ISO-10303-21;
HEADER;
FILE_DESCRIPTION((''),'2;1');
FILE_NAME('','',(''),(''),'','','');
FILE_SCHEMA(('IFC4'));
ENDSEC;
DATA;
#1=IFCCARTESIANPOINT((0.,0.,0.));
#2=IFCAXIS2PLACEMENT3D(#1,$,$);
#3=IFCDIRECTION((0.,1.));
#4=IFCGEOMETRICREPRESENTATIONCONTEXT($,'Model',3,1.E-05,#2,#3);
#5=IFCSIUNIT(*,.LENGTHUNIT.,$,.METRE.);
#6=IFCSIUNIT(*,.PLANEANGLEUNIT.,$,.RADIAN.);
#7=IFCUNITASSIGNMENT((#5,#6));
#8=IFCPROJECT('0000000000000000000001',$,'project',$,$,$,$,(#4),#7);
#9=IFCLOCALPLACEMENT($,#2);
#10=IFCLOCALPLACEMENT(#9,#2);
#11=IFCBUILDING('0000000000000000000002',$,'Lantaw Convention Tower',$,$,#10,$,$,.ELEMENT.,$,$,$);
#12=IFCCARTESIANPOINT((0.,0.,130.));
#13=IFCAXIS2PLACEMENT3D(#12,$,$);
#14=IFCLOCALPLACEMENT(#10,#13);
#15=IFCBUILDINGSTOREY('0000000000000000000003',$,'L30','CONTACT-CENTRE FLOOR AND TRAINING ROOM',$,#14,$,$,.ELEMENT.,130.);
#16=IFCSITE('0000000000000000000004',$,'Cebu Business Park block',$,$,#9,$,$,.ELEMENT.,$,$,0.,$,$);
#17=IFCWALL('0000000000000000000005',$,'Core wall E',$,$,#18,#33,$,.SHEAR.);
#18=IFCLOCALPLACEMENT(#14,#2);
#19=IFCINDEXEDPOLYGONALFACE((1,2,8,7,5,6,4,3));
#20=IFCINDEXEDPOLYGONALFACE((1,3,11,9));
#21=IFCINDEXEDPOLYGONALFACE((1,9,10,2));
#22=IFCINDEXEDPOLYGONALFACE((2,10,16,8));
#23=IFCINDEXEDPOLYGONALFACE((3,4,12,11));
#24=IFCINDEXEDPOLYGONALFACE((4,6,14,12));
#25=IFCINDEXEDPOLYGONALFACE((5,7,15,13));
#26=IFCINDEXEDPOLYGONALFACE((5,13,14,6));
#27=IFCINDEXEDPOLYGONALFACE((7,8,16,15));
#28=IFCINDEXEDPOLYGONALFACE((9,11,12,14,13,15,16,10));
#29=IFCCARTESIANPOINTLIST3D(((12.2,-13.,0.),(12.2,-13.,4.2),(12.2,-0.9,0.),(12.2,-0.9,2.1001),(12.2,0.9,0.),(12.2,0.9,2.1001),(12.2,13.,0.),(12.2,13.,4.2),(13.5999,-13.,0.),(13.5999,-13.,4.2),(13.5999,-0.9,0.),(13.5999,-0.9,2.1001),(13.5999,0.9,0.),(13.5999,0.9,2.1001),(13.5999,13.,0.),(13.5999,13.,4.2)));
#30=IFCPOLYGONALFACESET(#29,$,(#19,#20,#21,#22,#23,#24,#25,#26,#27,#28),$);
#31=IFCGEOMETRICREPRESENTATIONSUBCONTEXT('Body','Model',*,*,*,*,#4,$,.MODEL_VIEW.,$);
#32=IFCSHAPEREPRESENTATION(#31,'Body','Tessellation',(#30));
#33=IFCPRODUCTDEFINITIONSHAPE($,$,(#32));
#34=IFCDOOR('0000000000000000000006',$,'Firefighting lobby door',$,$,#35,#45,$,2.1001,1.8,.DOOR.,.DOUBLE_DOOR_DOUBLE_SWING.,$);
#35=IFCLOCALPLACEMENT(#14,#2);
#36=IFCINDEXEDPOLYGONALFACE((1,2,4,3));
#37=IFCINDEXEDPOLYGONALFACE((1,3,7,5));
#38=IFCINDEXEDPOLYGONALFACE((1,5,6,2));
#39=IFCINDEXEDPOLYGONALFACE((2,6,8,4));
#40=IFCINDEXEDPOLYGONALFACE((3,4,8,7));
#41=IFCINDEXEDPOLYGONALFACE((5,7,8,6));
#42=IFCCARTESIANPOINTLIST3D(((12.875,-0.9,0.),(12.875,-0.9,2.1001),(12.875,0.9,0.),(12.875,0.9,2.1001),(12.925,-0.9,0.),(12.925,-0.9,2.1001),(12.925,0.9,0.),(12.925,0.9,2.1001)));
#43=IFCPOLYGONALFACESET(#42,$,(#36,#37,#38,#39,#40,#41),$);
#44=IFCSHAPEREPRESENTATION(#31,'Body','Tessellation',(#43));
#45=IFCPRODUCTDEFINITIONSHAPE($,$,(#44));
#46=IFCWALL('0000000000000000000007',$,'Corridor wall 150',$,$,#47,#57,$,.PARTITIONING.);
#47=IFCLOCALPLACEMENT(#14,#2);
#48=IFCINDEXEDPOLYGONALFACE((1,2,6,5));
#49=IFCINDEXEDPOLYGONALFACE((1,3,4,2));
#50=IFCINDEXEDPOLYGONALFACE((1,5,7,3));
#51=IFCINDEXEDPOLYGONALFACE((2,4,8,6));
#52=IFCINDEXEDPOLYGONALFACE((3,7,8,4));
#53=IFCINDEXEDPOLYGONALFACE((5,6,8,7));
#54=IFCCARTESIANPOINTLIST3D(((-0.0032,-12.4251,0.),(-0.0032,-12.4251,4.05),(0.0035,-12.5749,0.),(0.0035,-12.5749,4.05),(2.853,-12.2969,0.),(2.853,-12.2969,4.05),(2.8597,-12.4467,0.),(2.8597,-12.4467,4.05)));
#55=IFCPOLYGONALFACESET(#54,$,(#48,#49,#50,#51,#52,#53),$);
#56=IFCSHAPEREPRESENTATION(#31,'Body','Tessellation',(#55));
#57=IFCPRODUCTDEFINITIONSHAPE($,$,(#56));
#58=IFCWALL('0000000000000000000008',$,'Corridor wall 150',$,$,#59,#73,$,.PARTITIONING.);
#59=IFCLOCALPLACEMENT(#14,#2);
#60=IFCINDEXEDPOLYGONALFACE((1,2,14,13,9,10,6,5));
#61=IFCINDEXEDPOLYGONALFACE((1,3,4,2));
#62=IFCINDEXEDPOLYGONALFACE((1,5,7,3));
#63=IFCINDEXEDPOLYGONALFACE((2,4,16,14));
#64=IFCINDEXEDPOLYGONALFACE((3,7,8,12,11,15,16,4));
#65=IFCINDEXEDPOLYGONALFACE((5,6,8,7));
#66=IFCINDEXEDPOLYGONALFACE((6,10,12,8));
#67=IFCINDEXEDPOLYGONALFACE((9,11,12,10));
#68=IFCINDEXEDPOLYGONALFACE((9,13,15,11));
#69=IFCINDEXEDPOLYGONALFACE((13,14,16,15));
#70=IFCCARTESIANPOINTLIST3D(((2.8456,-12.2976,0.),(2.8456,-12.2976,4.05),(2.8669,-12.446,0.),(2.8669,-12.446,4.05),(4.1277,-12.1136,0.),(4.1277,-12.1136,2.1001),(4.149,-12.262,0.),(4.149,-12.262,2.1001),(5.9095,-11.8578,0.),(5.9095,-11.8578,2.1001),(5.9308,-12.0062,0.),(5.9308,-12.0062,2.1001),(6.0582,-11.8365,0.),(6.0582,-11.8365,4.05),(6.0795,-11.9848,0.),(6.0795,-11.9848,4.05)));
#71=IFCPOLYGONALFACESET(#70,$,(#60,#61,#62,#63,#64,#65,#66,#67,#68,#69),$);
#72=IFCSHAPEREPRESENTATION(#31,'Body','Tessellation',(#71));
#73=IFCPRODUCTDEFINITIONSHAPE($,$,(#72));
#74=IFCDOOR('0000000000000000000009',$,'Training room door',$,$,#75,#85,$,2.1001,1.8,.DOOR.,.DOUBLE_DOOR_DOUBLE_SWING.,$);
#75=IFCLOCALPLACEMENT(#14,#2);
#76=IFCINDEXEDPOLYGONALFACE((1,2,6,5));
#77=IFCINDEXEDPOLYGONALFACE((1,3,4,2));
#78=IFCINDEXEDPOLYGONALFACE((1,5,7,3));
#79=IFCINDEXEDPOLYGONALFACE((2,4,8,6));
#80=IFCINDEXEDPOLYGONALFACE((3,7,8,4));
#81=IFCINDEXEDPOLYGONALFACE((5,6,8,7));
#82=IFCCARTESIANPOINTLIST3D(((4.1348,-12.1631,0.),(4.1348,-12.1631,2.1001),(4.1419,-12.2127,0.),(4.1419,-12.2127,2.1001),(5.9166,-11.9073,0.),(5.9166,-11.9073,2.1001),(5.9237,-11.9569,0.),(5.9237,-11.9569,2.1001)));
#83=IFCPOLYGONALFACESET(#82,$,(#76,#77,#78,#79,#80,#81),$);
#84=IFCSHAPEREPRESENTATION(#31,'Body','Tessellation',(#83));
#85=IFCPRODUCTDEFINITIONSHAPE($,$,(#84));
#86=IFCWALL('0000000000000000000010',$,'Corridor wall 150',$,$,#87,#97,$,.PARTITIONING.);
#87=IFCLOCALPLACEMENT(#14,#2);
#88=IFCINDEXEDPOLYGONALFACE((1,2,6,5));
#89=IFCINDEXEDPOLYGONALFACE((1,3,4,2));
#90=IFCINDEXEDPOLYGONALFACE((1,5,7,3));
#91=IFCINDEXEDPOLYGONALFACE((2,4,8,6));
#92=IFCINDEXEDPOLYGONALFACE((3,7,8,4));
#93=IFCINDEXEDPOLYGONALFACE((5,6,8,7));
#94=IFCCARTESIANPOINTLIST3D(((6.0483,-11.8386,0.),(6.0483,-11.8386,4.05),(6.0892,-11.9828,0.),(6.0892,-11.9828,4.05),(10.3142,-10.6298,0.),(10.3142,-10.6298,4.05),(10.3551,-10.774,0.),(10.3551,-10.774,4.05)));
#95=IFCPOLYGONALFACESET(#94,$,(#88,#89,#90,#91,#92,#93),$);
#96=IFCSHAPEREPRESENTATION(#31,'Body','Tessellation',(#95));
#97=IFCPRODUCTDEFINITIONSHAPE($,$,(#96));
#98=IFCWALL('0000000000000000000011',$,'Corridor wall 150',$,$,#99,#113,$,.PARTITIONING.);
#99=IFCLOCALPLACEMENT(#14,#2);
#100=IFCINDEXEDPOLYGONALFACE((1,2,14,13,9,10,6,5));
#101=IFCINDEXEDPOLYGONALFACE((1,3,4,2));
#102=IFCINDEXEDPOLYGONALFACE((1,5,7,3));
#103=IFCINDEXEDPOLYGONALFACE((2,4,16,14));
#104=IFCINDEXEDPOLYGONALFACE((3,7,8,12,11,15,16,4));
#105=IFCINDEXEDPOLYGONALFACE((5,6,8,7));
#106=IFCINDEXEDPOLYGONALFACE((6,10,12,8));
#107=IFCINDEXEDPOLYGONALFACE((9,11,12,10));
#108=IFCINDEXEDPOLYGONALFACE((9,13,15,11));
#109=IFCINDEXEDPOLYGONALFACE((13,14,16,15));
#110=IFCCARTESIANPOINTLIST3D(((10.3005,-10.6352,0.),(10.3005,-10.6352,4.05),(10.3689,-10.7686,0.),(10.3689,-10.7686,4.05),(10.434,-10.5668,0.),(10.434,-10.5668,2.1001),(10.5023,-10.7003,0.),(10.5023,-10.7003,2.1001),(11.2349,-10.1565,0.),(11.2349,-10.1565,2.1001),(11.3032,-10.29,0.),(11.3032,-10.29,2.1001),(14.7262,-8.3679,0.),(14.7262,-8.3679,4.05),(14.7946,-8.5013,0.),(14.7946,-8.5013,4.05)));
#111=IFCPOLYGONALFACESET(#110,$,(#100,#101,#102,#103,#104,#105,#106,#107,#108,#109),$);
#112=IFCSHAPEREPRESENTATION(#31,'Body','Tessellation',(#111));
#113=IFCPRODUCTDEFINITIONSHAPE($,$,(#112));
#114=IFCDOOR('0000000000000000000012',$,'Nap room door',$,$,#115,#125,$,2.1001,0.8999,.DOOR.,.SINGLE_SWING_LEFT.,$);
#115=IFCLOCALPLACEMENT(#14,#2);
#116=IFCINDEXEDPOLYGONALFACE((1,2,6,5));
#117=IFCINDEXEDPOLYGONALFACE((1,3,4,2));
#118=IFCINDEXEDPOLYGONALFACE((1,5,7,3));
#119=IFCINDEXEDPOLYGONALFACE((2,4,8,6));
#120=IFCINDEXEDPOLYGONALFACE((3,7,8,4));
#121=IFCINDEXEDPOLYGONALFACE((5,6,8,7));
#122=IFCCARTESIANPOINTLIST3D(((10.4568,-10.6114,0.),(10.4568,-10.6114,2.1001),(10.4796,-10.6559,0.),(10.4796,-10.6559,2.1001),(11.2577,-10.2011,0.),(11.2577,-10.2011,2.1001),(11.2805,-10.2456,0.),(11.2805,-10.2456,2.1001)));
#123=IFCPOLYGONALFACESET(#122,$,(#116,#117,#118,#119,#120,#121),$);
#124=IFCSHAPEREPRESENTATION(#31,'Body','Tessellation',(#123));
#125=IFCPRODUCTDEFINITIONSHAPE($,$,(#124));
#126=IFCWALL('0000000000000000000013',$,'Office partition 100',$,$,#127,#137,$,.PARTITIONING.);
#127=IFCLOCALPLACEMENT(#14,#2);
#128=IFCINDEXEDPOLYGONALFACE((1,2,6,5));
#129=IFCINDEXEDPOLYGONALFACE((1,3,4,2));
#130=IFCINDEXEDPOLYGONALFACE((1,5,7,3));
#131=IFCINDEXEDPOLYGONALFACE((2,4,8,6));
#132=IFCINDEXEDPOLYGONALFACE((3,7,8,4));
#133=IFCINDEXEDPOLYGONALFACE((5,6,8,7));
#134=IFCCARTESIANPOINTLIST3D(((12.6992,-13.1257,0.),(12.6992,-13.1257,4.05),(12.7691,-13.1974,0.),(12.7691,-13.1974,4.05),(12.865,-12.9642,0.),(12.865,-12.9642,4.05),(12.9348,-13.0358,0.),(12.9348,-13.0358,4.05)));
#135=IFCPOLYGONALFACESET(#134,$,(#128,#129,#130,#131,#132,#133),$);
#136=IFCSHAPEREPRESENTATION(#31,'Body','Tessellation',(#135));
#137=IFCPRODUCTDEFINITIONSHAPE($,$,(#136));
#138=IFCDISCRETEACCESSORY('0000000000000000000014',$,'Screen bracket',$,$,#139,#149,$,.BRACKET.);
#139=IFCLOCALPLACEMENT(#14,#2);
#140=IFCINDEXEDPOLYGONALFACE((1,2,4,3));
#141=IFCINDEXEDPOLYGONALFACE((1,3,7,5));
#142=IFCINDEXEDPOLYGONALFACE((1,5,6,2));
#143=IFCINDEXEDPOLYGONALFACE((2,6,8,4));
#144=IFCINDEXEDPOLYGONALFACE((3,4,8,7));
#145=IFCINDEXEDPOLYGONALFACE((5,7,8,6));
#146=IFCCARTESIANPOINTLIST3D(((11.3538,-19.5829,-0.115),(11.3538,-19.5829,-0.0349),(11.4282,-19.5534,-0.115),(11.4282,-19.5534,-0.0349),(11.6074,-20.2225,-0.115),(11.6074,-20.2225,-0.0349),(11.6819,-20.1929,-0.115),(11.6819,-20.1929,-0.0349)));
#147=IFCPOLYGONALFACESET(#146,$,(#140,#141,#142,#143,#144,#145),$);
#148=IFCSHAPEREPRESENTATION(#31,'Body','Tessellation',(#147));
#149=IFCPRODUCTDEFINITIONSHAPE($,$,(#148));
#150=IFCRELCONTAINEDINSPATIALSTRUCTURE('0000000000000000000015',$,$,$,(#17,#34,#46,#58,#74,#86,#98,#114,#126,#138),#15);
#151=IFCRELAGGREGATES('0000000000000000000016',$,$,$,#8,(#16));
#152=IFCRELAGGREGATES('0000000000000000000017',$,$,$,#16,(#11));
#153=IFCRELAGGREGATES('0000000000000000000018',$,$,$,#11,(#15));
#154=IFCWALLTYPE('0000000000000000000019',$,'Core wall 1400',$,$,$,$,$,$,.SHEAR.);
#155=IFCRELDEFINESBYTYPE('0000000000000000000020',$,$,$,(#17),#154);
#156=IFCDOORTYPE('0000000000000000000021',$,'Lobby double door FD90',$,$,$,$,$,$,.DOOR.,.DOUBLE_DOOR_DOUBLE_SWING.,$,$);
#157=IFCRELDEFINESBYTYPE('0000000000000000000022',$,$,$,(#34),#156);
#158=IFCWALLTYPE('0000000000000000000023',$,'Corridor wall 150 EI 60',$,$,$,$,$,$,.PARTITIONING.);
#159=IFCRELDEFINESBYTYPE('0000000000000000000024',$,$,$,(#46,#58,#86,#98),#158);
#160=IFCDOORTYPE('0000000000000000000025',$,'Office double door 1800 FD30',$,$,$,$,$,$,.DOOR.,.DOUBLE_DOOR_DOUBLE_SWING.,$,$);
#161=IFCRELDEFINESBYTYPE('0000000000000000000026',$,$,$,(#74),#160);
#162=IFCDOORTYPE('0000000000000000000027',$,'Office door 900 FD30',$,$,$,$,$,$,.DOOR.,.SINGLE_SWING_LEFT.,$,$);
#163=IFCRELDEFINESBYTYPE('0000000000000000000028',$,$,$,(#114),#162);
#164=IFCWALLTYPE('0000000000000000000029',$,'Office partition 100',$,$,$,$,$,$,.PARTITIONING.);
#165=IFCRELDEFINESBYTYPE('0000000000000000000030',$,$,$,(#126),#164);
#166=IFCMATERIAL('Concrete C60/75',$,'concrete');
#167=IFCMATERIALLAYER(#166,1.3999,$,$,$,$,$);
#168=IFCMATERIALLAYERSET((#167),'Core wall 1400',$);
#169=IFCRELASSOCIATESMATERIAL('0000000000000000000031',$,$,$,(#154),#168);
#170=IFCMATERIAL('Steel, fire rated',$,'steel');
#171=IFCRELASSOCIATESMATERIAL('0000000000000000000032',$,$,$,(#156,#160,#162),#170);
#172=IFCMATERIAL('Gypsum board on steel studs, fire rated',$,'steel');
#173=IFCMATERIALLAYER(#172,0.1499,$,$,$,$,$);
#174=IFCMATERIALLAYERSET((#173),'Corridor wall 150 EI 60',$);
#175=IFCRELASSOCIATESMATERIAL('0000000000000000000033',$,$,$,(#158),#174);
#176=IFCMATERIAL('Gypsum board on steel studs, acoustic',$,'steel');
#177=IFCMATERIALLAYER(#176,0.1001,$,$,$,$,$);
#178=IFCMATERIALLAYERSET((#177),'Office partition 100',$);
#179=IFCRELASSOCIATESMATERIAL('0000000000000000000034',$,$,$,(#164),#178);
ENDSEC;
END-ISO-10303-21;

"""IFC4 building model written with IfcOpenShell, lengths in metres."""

from ifc_helpers import new_model, si_unit, direction, frame, frame_2d, origin, origin_2d, place, context, subcontext, project, spatial, rectangle, extrude, material, layer, layer_set, type_object, element, fill, save


model = new_model("IFC4")

# Units and contexts
model_context = context("Model", 3, precision=1e-05, world=origin(), true_north=direction((0.0, 1.0)))
body_context = subcontext(model_context, "Body", "Model", "MODEL_VIEW")
ifc_project = project(units=[si_unit("LENGTHUNIT", "METRE"), si_unit("PLANEANGLEUNIT", "RADIAN")], contexts=[model_context])

# Site, building, storey
site_placement = place(None, origin())
site = spatial("IfcSite", under=ifc_project, at=site_placement, Name="Cebu Business Park block", CompositionType="ELEMENT", RefElevation=0.0)
building_placement = place(site_placement, origin())
building = spatial("IfcBuilding", under=site, at=building_placement, Name="Lantaw Convention Tower", CompositionType="ELEMENT")
storey_placement = place(building_placement, frame((0.0, 0.0, 130.0)))
storey = spatial("IfcBuildingStorey", under=building, at=storey_placement, Name="L30", Description="CONTACT-CENTRE FLOOR AND TRAINING ROOM", CompositionType="ELEMENT", Elevation=130.0)

# Shared definitions
ifc_material_1 = material(Name="Concrete C60/75", Category="concrete")

# Wall, opening, door
ifc_layer_1 = layer(ifc_material_1, 1.3999)
ifc_layer_set_1 = layer_set([ifc_layer_1], Name="Core wall 1400")
wall_type_1 = type_object("IfcWallType", Name="Core wall 1400", PredefinedType="SHEAR", material=ifc_layer_set_1)
wall_1_placement = place(storey_placement, frame((12.8999, -13.0, 0.0), z_axis=(0.0, 0.0, 1.0), x_axis=(0.0, 1.0, 0.0)))
wall_1 = element("IfcWall", 1, at=wall_1_placement, inside=storey, type_object=wall_type_1, Name="Core wall E", PredefinedType="SHEAR", context=body_context, shape_type="SweptSolid", body=[
    extrude(rectangle(XDim=26.0, YDim=1.3999, at=frame_2d((13.0, 0.0))), origin(), (0.0, 0.0, 1.0), 4.2),
])
opening_1_placement = place(wall_1_placement, frame((12.1001, 0.0, 0.0)))
opening_1 = element("IfcOpeningElement", 2, at=opening_1_placement, cuts=wall_1, PredefinedType="OPENING", context=body_context, shape_type="SweptSolid", body=[
    extrude(rectangle(XDim=1.8, YDim=2.1001, at=frame_2d((0.8999, 1.05))), frame((0.0, 0.71, 0.0), z_axis=(0.0, -1.0, 0.0), x_axis=(1.0, 0.0, 0.0)), (0.0, 0.0, 1.0), 1.4199),
])
ifc_material_2 = material(Name="Steel, fire rated", Category="steel")
door_type_1 = type_object("IfcDoorType", Name="Lobby double door FD90", OperationType="DOUBLE_DOOR_DOUBLE_SWING", PredefinedType="DOOR", material=ifc_material_2)
door_1_placement = place(opening_1_placement, origin())
door_1 = element("IfcDoor", 3, at=door_1_placement, inside=storey, type_object=door_type_1, Name="Firefighting lobby door", OperationType="DOUBLE_DOOR_DOUBLE_SWING", OverallHeight=2.1001, OverallWidth=1.8, PredefinedType="DOOR", context=body_context, shape_type="SweptSolid", body=[
    extrude(rectangle(XDim=1.8, YDim=2.1001, at=frame_2d((0.8999, 1.05))), frame((0.0, 0.0249, 0.0), z_axis=(0.0, -1.0, 0.0), x_axis=(1.0, 0.0, 0.0)), (0.0, 0.0, 1.0), 0.05),
])
fill(opening_1, door_1)

# Wall
ifc_material_3 = material(Name="Gypsum board on steel studs, fire rated", Category="steel")
ifc_layer_2 = layer(ifc_material_3, 0.1499)
ifc_layer_set_2 = layer_set([ifc_layer_2], Name="Corridor wall 150 EI 60")
wall_type_2 = type_object("IfcWallType", Name="Corridor wall 150 EI 60", PredefinedType="PARTITIONING", material=ifc_layer_set_2)
wall_2_placement = place(storey_placement, frame((0.0, -12.5, 0.0), z_axis=(0.0, 0.0, 1.0), x_axis=(0.998995, 0.044831, 0.0)))
element("IfcWall", 4, at=wall_2_placement, inside=storey, type_object=wall_type_2, Name="Corridor wall 150", PredefinedType="PARTITIONING", context=body_context, shape_type="SweptSolid", body=[
    extrude(rectangle(XDim=2.8591, YDim=0.1499, at=frame_2d((1.4297, 0.0))), origin(), (0.0, 0.0, 1.0), 4.05),
])

# Wall, opening, door
wall_3_placement = place(storey_placement, frame((2.8562, -12.3718, 0.0), z_axis=(0.0, 0.0, 1.0), x_axis=(0.989853, 0.142095, 0.0)))
wall_3 = element("IfcWall", 5, at=wall_3_placement, inside=storey, type_object=wall_type_2, Name="Corridor wall 150", PredefinedType="PARTITIONING", context=body_context, shape_type="SweptSolid", body=[
    extrude(rectangle(XDim=3.2456, YDim=0.1499, at=frame_2d((1.6228, 0.0))), origin(), (0.0, 0.0, 1.0), 4.05),
])
opening_2_placement = place(wall_3_placement, frame((1.2954, 0.0, 0.0)))
opening_2 = element("IfcOpeningElement", 6, at=opening_2_placement, cuts=wall_3, PredefinedType="OPENING", context=body_context, shape_type="SweptSolid", body=[
    extrude(rectangle(XDim=1.8, YDim=2.1001, at=frame_2d((0.8999, 1.05))), frame((0.0, 0.085, 0.0), z_axis=(0.0, -1.0, 0.0), x_axis=(1.0, 0.0, 0.0)), (0.0, 0.0, 1.0), 0.1699),
])
door_type_2 = type_object("IfcDoorType", Name="Office double door 1800 FD30", OperationType="DOUBLE_DOOR_DOUBLE_SWING", PredefinedType="DOOR", material=ifc_material_2)
door_2_placement = place(opening_2_placement, origin())
door_2 = element("IfcDoor", 7, at=door_2_placement, inside=storey, type_object=door_type_2, Name="Training room door", OperationType="DOUBLE_DOOR_DOUBLE_SWING", OverallHeight=2.1001, OverallWidth=1.8, PredefinedType="DOOR", context=body_context, shape_type="SweptSolid", body=[
    extrude(rectangle(XDim=1.8, YDim=2.1001, at=frame_2d((0.8999, 1.05))), frame((0.0, 0.0249, 0.0), z_axis=(0.0, -1.0, 0.0), x_axis=(1.0, 0.0, 0.0)), (0.0, 0.0, 1.0), 0.05),
])
fill(opening_2, door_2)

# Wall
wall_4_placement = place(storey_placement, frame((6.0688, -11.9106, 0.0), z_axis=(0.0, 0.0, 1.0), x_axis=(0.962122, 0.272619, 0.0)))
element("IfcWall", 8, at=wall_4_placement, inside=storey, type_object=wall_type_2, Name="Corridor wall 150", PredefinedType="PARTITIONING", context=body_context, shape_type="SweptSolid", body=[
    extrude(rectangle(XDim=4.4338, YDim=0.1499, at=frame_2d((2.2168, 0.0))), origin(), (0.0, 0.0, 1.0), 4.05),
])

# Wall, opening, door
wall_5_placement = place(storey_placement, frame((10.3347, -10.7019, 0.0), z_axis=(0.0, 0.0, 1.0), x_axis=(0.890005, 0.455951, 0.0)))
wall_5 = element("IfcWall", 9, at=wall_5_placement, inside=storey, type_object=wall_type_2, Name="Corridor wall 150", PredefinedType="PARTITIONING", context=body_context, shape_type="SweptSolid", body=[
    extrude(rectangle(XDim=4.9727, YDim=0.1499, at=frame_2d((2.4863, 0.0))), origin(), (0.0, 0.0, 1.0), 4.05),
])
opening_3_placement = place(wall_5_placement, frame((0.1499, 0.0, 0.0)))
opening_3 = element("IfcOpeningElement", 10, at=opening_3_placement, cuts=wall_5, PredefinedType="OPENING", context=body_context, shape_type="SweptSolid", body=[
    extrude(rectangle(XDim=0.8999, YDim=2.1001, at=frame_2d((0.45, 1.05))), frame((0.0, 0.085, 0.0), z_axis=(0.0, -1.0, 0.0), x_axis=(1.0, 0.0, 0.0)), (0.0, 0.0, 1.0), 0.1699),
])
door_type_3 = type_object("IfcDoorType", Name="Office door 900 FD30", OperationType="SINGLE_SWING_LEFT", PredefinedType="DOOR", material=ifc_material_2)
door_3_placement = place(opening_3_placement, origin())
door_3 = element("IfcDoor", 11, at=door_3_placement, inside=storey, type_object=door_type_3, Name="Nap room door", OperationType="SINGLE_SWING_LEFT", OverallHeight=2.1001, OverallWidth=0.8999, PredefinedType="DOOR", context=body_context, shape_type="SweptSolid", body=[
    extrude(rectangle(XDim=0.8999, YDim=2.1001, at=frame_2d((0.45, 1.05))), frame((0.0, 0.0249, 0.0), z_axis=(0.0, -1.0, 0.0), x_axis=(1.0, 0.0, 0.0)), (0.0, 0.0, 1.0), 0.05),
])
fill(opening_3, door_3)

# Wall
ifc_material_4 = material(Name="Gypsum board on steel studs, acoustic", Category="steel")
ifc_layer_3 = layer(ifc_material_4, 0.1001)
ifc_layer_set_3 = layer_set([ifc_layer_3], Name="Office partition 100")
wall_type_3 = type_object("IfcWallType", Name="Office partition 100", PredefinedType="PARTITIONING", material=ifc_layer_set_3)
wall_6_placement = place(storey_placement, frame((12.8999, -13.0, 0.0), z_axis=(0.0, 0.0, 1.0), x_axis=(-0.716013, -0.698087, 0.0)))
element("IfcWall", 12, at=wall_6_placement, inside=storey, type_object=wall_type_3, Name="Office partition 100", PredefinedType="PARTITIONING", context=body_context, shape_type="SweptSolid", body=[
    extrude(rectangle(XDim=0.2314, YDim=0.1001, at=frame_2d((0.1157, 0.0))), origin(), (0.0, 0.0, 1.0), 4.05),
])

# Discrete accessory
discrete_accessory_placement = place(storey_placement, frame((11.5178, -19.8879, -0.115), z_axis=(0.0, 0.0, 1.0), x_axis=(0.929548, 0.368702, 0.0)))
element("IfcDiscreteAccessory", 13, at=discrete_accessory_placement, inside=storey, Name="Screen bracket", PredefinedType="BRACKET", context=body_context, shape_type="SweptSolid", body=[
    extrude(rectangle(XDim=0.0801, YDim=0.688, at=origin_2d()), origin(), (0.0, 0.0, 1.0), 0.0801),
])

save(model, "model.ifc")
